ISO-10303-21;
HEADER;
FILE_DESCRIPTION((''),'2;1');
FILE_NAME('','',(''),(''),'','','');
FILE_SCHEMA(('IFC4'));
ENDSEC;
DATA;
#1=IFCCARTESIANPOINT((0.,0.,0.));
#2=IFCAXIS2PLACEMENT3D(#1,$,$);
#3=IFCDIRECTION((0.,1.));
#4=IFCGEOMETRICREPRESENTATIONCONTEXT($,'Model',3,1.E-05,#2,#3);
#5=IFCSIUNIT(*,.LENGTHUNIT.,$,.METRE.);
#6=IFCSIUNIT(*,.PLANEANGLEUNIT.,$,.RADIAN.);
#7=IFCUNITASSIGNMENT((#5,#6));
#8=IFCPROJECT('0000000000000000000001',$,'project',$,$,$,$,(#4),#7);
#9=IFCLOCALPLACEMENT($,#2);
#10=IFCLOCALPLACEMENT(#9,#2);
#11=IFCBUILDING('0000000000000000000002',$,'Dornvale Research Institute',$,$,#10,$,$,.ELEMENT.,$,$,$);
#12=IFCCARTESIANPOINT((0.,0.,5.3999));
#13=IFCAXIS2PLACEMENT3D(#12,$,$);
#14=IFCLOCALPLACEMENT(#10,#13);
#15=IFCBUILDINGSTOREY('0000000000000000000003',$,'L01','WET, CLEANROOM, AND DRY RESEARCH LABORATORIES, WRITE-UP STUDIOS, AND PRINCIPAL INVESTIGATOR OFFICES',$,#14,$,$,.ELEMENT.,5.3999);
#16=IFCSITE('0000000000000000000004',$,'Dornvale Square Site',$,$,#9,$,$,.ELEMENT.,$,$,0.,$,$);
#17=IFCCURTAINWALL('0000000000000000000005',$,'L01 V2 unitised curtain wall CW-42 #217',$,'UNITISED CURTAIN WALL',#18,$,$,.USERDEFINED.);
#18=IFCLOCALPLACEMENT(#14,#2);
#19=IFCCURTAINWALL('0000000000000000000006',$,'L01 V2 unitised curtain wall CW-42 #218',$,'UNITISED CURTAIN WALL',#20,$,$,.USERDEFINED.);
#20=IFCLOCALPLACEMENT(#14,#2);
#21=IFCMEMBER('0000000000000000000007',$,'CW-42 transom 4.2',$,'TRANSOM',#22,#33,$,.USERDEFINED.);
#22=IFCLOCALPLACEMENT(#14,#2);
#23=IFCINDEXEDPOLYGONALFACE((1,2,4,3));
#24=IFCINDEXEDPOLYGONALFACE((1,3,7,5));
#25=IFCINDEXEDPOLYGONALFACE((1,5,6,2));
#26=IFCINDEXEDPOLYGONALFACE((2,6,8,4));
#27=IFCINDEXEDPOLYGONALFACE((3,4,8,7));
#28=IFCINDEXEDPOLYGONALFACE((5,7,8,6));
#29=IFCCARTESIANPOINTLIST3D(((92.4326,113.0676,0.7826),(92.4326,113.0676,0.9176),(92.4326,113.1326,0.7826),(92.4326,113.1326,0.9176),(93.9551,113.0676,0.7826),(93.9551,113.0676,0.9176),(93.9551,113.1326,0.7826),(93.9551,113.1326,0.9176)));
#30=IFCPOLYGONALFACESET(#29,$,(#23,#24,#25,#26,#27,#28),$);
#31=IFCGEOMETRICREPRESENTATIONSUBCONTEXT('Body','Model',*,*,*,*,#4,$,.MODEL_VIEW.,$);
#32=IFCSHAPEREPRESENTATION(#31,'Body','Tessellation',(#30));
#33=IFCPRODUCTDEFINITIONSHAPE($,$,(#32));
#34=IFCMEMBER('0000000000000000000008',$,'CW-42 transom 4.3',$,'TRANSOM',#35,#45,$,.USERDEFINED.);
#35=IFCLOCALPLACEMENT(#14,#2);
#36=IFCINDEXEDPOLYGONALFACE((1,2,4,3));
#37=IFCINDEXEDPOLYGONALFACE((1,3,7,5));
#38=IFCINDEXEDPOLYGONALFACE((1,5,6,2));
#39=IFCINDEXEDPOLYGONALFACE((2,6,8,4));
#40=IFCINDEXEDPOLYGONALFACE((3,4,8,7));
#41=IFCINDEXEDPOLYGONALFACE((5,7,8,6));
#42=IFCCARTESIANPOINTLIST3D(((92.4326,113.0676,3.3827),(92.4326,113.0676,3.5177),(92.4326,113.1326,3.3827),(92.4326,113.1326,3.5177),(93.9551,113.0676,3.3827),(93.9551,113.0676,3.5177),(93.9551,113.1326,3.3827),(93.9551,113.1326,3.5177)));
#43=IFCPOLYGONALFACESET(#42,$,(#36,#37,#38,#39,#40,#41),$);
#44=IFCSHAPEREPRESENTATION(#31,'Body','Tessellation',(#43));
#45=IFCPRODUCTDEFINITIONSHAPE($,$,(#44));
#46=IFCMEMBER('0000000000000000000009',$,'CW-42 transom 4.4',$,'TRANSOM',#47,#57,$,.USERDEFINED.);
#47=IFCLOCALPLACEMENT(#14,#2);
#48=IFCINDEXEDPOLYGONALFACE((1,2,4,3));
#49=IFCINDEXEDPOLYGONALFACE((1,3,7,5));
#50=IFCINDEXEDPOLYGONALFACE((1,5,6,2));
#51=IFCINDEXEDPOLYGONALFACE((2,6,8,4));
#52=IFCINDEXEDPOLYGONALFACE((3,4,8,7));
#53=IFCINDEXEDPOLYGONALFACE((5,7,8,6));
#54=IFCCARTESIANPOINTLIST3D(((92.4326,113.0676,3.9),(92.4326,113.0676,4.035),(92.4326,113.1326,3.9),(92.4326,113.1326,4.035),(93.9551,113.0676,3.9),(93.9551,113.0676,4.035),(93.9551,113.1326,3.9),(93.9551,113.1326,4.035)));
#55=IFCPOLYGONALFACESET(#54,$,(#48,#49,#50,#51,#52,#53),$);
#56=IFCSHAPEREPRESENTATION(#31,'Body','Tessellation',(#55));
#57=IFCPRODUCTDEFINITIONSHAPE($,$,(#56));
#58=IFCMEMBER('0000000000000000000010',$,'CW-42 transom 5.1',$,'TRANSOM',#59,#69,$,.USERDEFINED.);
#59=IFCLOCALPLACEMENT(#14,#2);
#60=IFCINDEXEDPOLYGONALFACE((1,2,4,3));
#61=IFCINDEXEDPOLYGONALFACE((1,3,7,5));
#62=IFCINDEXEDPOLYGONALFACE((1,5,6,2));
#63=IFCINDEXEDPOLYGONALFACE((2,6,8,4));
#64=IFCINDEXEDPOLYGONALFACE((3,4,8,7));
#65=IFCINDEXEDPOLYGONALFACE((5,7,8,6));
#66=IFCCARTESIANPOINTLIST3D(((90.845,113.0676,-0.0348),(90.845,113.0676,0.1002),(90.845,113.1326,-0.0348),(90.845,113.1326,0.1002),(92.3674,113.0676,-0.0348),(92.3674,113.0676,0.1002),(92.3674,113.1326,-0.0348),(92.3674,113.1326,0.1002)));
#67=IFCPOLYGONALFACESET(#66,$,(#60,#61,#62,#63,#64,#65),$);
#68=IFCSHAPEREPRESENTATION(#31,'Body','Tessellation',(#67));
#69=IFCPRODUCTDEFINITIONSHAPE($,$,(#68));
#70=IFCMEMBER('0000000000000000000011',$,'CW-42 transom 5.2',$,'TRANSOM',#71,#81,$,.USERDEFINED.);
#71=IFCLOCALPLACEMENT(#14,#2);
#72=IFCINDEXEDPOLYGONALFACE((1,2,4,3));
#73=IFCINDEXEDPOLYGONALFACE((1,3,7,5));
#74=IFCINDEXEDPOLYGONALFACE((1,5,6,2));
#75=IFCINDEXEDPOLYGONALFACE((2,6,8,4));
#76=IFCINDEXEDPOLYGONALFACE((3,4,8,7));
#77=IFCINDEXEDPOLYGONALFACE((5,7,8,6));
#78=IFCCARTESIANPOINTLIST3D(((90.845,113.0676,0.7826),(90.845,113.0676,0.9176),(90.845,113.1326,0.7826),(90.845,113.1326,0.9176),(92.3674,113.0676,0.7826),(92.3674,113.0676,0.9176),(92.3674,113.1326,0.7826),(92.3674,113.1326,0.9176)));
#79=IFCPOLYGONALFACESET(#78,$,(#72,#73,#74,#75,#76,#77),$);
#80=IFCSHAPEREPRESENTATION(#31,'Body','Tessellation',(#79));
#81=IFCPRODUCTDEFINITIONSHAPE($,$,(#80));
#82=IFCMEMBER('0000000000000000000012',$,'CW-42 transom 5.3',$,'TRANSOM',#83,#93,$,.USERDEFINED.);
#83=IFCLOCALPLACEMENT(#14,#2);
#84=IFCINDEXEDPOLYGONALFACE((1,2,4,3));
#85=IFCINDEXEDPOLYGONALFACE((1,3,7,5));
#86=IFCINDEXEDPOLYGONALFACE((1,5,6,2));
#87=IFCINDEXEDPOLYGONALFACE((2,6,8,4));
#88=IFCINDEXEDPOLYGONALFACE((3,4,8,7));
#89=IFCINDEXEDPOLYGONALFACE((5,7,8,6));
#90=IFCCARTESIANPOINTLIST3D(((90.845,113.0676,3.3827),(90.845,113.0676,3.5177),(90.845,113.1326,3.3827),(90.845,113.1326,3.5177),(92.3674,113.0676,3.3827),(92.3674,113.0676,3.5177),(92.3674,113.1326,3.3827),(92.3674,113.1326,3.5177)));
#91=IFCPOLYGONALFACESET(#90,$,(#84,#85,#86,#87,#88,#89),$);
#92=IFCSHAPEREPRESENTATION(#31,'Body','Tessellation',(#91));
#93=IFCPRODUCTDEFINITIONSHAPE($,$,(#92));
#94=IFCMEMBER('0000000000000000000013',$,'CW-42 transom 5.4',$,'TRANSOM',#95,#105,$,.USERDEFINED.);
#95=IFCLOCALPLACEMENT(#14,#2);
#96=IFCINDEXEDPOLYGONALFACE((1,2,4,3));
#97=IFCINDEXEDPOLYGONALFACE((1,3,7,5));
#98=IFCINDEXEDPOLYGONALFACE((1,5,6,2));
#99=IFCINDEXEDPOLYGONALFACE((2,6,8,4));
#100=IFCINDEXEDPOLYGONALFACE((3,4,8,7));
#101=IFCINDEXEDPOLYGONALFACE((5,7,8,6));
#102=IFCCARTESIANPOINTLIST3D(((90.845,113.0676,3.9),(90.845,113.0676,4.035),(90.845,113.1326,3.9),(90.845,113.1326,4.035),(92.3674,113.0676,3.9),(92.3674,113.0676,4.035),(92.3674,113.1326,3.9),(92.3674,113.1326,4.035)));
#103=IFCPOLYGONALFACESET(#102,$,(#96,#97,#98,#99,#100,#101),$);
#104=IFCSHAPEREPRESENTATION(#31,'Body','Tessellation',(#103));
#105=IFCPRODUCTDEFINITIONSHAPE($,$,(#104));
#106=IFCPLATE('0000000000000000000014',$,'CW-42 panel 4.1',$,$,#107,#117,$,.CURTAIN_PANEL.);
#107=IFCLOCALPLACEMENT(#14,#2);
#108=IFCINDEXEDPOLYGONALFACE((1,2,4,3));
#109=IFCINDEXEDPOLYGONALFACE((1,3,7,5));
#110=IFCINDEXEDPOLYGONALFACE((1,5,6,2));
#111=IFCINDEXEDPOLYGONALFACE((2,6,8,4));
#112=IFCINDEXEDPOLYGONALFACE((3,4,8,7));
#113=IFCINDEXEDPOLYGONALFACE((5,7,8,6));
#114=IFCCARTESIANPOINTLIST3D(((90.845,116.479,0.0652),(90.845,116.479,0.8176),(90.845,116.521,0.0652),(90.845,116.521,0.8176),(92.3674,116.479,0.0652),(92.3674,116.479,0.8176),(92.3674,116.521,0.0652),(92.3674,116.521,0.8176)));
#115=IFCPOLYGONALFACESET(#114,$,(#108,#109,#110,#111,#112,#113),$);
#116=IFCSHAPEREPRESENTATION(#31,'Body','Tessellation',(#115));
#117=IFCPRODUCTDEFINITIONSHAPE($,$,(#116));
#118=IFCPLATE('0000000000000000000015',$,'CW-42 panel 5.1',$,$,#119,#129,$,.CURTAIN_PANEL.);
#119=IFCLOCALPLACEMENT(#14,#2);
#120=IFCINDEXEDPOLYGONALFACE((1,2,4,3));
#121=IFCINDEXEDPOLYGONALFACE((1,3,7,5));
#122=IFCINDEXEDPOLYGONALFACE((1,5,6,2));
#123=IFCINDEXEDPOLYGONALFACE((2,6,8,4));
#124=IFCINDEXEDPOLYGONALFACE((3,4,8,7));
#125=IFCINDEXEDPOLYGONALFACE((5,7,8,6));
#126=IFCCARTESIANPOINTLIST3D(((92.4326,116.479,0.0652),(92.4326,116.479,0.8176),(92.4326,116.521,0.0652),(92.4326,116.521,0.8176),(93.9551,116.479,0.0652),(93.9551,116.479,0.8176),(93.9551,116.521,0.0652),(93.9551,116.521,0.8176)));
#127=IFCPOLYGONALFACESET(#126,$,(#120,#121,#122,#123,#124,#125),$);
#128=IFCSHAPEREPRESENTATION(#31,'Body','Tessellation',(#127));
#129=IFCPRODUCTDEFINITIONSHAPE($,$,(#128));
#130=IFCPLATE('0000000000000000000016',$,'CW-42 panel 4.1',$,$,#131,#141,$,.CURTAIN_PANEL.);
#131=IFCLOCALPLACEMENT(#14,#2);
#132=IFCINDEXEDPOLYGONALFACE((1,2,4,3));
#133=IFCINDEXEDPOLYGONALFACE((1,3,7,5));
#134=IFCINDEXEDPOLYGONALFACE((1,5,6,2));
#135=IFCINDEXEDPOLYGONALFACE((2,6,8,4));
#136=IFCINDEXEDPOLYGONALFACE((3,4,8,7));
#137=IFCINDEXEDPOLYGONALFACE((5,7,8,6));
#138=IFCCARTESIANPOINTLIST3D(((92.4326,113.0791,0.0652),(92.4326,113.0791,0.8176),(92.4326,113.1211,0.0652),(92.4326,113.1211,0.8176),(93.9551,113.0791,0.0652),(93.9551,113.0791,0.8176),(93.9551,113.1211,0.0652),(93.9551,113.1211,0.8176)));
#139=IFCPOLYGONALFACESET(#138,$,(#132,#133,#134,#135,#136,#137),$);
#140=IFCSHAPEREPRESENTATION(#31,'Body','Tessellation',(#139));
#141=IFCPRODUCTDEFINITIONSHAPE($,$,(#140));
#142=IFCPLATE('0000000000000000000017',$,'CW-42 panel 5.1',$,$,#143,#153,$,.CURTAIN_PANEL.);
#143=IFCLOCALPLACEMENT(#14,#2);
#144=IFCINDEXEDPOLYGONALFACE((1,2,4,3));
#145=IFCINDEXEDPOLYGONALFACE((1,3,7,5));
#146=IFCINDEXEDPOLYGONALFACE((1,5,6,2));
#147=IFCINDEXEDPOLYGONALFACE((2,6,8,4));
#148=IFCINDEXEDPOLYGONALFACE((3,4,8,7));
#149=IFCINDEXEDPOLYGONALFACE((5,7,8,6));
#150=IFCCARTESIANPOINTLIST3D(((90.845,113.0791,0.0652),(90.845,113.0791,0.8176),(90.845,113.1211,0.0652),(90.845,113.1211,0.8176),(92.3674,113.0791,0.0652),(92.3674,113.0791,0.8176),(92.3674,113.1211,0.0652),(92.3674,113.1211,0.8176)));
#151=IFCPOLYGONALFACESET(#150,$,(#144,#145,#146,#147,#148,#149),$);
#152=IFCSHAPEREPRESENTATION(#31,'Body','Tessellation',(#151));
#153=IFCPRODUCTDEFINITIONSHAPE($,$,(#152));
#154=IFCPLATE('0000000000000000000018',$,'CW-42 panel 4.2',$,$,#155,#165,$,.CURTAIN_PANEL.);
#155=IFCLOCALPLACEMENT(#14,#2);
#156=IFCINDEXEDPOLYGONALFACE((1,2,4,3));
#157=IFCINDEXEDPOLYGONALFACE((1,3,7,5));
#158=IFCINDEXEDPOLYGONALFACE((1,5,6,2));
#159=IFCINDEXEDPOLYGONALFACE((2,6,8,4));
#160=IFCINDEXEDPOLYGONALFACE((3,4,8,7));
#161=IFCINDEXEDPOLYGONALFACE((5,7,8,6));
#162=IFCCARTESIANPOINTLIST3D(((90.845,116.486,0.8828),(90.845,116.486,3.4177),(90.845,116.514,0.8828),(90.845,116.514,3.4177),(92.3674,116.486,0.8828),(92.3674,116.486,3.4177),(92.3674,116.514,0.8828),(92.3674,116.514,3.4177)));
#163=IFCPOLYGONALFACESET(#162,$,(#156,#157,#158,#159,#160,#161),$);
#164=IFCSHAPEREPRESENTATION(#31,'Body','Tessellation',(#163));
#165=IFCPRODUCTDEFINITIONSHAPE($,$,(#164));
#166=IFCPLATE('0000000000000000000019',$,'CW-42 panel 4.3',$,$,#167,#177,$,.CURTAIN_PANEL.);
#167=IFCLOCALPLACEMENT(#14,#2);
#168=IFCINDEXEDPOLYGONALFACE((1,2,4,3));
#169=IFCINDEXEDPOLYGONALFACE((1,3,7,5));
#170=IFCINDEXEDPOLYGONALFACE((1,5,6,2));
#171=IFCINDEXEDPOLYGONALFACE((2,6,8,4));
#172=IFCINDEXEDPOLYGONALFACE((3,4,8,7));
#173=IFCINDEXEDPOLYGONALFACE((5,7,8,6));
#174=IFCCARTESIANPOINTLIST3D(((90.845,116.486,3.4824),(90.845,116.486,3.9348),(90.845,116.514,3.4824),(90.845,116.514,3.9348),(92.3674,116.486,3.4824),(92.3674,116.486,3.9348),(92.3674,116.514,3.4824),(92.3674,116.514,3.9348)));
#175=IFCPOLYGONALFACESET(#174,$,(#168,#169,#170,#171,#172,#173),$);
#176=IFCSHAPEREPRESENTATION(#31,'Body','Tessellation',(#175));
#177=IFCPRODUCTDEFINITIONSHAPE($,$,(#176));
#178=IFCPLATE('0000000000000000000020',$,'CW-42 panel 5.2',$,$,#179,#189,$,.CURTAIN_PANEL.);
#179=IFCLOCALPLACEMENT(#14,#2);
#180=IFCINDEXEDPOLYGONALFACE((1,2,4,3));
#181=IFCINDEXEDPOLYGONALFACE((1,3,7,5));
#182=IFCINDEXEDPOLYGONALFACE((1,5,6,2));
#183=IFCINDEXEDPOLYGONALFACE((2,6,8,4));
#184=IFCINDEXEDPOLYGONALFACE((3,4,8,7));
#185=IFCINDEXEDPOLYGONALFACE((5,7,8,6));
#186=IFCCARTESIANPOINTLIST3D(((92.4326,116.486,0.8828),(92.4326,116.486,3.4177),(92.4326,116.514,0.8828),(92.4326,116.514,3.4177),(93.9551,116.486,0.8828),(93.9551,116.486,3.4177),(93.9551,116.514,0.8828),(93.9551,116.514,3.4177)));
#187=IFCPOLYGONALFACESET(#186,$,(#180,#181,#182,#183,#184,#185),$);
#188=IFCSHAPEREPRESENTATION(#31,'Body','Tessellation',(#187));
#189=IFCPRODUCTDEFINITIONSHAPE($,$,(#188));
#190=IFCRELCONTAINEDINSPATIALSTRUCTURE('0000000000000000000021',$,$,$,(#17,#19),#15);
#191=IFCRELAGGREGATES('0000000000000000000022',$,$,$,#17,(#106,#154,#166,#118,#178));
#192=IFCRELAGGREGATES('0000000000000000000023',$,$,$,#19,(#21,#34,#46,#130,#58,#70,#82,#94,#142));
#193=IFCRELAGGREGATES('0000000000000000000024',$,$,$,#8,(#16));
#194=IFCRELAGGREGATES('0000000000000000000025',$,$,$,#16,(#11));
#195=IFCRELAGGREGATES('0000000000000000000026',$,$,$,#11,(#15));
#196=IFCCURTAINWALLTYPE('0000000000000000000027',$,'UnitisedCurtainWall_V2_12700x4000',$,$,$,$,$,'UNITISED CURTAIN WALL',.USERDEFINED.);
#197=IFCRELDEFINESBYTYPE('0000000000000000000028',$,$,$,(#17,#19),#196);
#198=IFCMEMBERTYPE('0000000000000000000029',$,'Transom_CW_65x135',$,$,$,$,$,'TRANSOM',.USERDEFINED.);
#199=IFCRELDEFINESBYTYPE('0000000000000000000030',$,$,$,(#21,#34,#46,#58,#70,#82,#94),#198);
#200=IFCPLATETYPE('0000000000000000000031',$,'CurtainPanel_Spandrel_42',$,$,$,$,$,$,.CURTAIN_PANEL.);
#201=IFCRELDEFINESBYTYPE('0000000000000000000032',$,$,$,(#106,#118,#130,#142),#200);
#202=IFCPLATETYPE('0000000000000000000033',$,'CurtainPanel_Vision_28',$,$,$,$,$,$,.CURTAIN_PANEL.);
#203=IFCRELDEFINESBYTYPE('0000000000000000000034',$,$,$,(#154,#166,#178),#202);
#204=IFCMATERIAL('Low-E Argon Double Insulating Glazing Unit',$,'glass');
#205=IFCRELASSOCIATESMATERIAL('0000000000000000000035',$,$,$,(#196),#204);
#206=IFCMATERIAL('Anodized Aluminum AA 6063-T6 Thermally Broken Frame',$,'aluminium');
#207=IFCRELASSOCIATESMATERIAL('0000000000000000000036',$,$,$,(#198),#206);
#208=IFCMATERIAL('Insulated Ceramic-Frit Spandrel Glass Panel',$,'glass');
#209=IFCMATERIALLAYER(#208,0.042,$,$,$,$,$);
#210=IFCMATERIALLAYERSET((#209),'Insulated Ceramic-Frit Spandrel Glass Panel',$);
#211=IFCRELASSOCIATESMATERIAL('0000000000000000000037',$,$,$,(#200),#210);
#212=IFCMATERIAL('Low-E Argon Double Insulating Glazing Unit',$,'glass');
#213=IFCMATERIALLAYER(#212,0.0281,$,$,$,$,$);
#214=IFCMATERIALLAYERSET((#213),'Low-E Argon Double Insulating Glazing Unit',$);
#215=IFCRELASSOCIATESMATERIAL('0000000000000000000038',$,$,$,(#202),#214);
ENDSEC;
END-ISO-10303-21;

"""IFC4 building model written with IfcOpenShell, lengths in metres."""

from ifc_helpers import new_model, si_unit, direction, frame, origin, origin_2d, place, context, subcontext, project, spatial, rectangle, extrude, material, layer, layer_set, material_profile, profile_set, type_object, element, aggregate, save


model = new_model("IFC4")

# Units and contexts
model_context = context("Model", 3, precision=1e-05, world=origin(), true_north=direction((0.0, 1.0)))
body_context = subcontext(model_context, "Body", "Model", "MODEL_VIEW")
ifc_project = project(units=[si_unit("LENGTHUNIT", "METRE"), si_unit("PLANEANGLEUNIT", "RADIAN")], contexts=[model_context])

# Site, building, storey
site_placement = place(None, origin())
site = spatial("IfcSite", under=ifc_project, at=site_placement, Name="Dornvale Square Site", CompositionType="ELEMENT", RefElevation=0.0)
building_placement = place(site_placement, origin())
building = spatial("IfcBuilding", under=site, at=building_placement, Name="Dornvale Research Institute", CompositionType="ELEMENT")
storey_placement = place(building_placement, frame((0.0, 0.0, 5.3999)))
storey = spatial("IfcBuildingStorey", under=building, at=storey_placement, Name="L01", Description="WET, CLEANROOM, AND DRY RESEARCH LABORATORIES, WRITE-UP STUDIOS, AND PRINCIPAL INVESTIGATOR OFFICES", CompositionType="ELEMENT", Elevation=5.3999)

# Curtain walls
ifc_material_1 = material(Name="Low-E Argon Double Insulating Glazing Unit", Category="glass")
curtain_wall_type = type_object("IfcCurtainWallType", Name="UnitisedCurtainWall_V2_12700x4000", ElementType="UNITISED CURTAIN WALL", PredefinedType="USERDEFINED", material=ifc_material_1)
curtain_wall_1_placement = place(storey_placement, origin())
curtain_wall_1 = element("IfcCurtainWall", 1, at=curtain_wall_1_placement, inside=storey, type_object=curtain_wall_type, Name="L01 V2 unitised curtain wall CW-42 #217", ObjectType="UNITISED CURTAIN WALL", PredefinedType="USERDEFINED")
curtain_wall_2_placement = place(storey_placement, origin())
curtain_wall_2 = element("IfcCurtainWall", 2, at=curtain_wall_2_placement, inside=storey, type_object=curtain_wall_type, Name="L01 V2 unitised curtain wall CW-42 #218", ObjectType="UNITISED CURTAIN WALL", PredefinedType="USERDEFINED")

# Members
ifc_material_2 = material(Name="Anodized Aluminum AA 6063-T6 Thermally Broken Frame", Category="aluminium")
ifc_material_profile_1 = material_profile(ifc_material_2, rectangle(XDim=0.0649, YDim=0.135, at=origin_2d()), Name="ALU TRANSOM 65x135")
ifc_profile_set_1 = profile_set([ifc_material_profile_1], Name="Anodized Aluminum AA 6063-T6 Thermally Broken Frame")
member_type_1 = type_object("IfcMemberType", Name="Transom_CW_65x135", ElementType="TRANSOM", PredefinedType="USERDEFINED", material=ifc_profile_set_1)
member_1_placement = place(storey_placement, frame((93.9551, 113.1001, 0.8501), z_axis=(-1.0, 0.0, 0.0), x_axis=(0.0, -1.0, 0.0)))
member_1 = element("IfcMember", 3, at=member_1_placement, type_object=member_type_1, Name="CW-42 transom 4.2", ObjectType="TRANSOM", PredefinedType="USERDEFINED", context=body_context, shape_type="SweptSolid", body=[
    extrude(rectangle(XDim=0.0649, YDim=0.135, at=origin_2d()), origin(), (0.0, 0.0, 1.0), 1.5225),
])
member_2_placement = place(storey_placement, frame((93.9551, 113.1001, 3.4502), z_axis=(-1.0, 0.0, 0.0), x_axis=(0.0, -1.0, 0.0)))
member_2 = element("IfcMember", 4, at=member_2_placement, type_object=member_type_1, Name="CW-42 transom 4.3", ObjectType="TRANSOM", PredefinedType="USERDEFINED", context=body_context, shape_type="SweptSolid", body=[
    extrude(rectangle(XDim=0.0649, YDim=0.135, at=origin_2d()), origin(), (0.0, 0.0, 1.0), 1.5225),
])
member_3_placement = place(storey_placement, frame((93.9551, 113.1001, 3.9675), z_axis=(-1.0, 0.0, 0.0), x_axis=(0.0, -1.0, 0.0)))
member_3 = element("IfcMember", 5, at=member_3_placement, type_object=member_type_1, Name="CW-42 transom 4.4", ObjectType="TRANSOM", PredefinedType="USERDEFINED", context=body_context, shape_type="SweptSolid", body=[
    extrude(rectangle(XDim=0.0649, YDim=0.135, at=origin_2d()), origin(), (0.0, 0.0, 1.0), 1.5225),
])
member_4_placement = place(storey_placement, frame((92.3674, 113.1001, 0.0327), z_axis=(-1.0, 0.0, 0.0), x_axis=(0.0, -1.0, 0.0)))
member_4 = element("IfcMember", 6, at=member_4_placement, type_object=member_type_1, Name="CW-42 transom 5.1", ObjectType="TRANSOM", PredefinedType="USERDEFINED", context=body_context, shape_type="SweptSolid", body=[
    extrude(rectangle(XDim=0.0649, YDim=0.135, at=origin_2d()), origin(), (0.0, 0.0, 1.0), 1.5225),
])
member_5_placement = place(storey_placement, frame((92.3674, 113.1001, 0.8501), z_axis=(-1.0, 0.0, 0.0), x_axis=(0.0, -1.0, 0.0)))
member_5 = element("IfcMember", 7, at=member_5_placement, type_object=member_type_1, Name="CW-42 transom 5.2", ObjectType="TRANSOM", PredefinedType="USERDEFINED", context=body_context, shape_type="SweptSolid", body=[
    extrude(rectangle(XDim=0.0649, YDim=0.135, at=origin_2d()), origin(), (0.0, 0.0, 1.0), 1.5225),
])
member_6_placement = place(storey_placement, frame((92.3674, 113.1001, 3.4502), z_axis=(-1.0, 0.0, 0.0), x_axis=(0.0, -1.0, 0.0)))
member_6 = element("IfcMember", 8, at=member_6_placement, type_object=member_type_1, Name="CW-42 transom 5.3", ObjectType="TRANSOM", PredefinedType="USERDEFINED", context=body_context, shape_type="SweptSolid", body=[
    extrude(rectangle(XDim=0.0649, YDim=0.135, at=origin_2d()), origin(), (0.0, 0.0, 1.0), 1.5225),
])
member_7_placement = place(storey_placement, frame((92.3674, 113.1001, 3.9675), z_axis=(-1.0, 0.0, 0.0), x_axis=(0.0, -1.0, 0.0)))
member_7 = element("IfcMember", 9, at=member_7_placement, type_object=member_type_1, Name="CW-42 transom 5.4", ObjectType="TRANSOM", PredefinedType="USERDEFINED", context=body_context, shape_type="SweptSolid", body=[
    extrude(rectangle(XDim=0.0649, YDim=0.135, at=origin_2d()), origin(), (0.0, 0.0, 1.0), 1.5225),
])

# Plates
ifc_material_3 = material(Name="Insulated Ceramic-Frit Spandrel Glass Panel", Category="glass")
ifc_layer_1 = layer(ifc_material_3, 0.042)
ifc_layer_set_1 = layer_set([ifc_layer_1], Name="Insulated Ceramic-Frit Spandrel Glass Panel")
plate_type_1 = type_object("IfcPlateType", Name="CurtainPanel_Spandrel_42", PredefinedType="CURTAIN_PANEL", material=ifc_layer_set_1)
plate_1_placement = place(storey_placement, frame((91.6062, 116.5, 0.0652), z_axis=(0.0, 0.0, 1.0), x_axis=(1.0, 0.0, 0.0)))
plate_1 = element("IfcPlate", 10, at=plate_1_placement, type_object=plate_type_1, Name="CW-42 panel 4.1", PredefinedType="CURTAIN_PANEL", context=body_context, shape_type="SweptSolid", body=[
    extrude(rectangle(XDim=1.5225, YDim=0.042, at=origin_2d()), origin(), (0.0, 0.0, 1.0), 0.7524),
])
plate_2_placement = place(storey_placement, frame((93.1938, 116.5, 0.0652), z_axis=(0.0, 0.0, 1.0), x_axis=(1.0, 0.0, 0.0)))
plate_2 = element("IfcPlate", 11, at=plate_2_placement, type_object=plate_type_1, Name="CW-42 panel 5.1", PredefinedType="CURTAIN_PANEL", context=body_context, shape_type="SweptSolid", body=[
    extrude(rectangle(XDim=1.5225, YDim=0.042, at=origin_2d()), origin(), (0.0, 0.0, 1.0), 0.7524),
])
plate_3_placement = place(storey_placement, frame((93.1938, 113.1001, 0.0652), z_axis=(0.0, 0.0, 1.0), x_axis=(-1.0, 0.0, 0.0)))
plate_3 = element("IfcPlate", 12, at=plate_3_placement, type_object=plate_type_1, Name="CW-42 panel 4.1", PredefinedType="CURTAIN_PANEL", context=body_context, shape_type="SweptSolid", body=[
    extrude(rectangle(XDim=1.5225, YDim=0.042, at=origin_2d()), origin(), (0.0, 0.0, 1.0), 0.7524),
])
plate_4_placement = place(storey_placement, frame((91.6062, 113.1001, 0.0652), z_axis=(0.0, 0.0, 1.0), x_axis=(-1.0, 0.0, 0.0)))
plate_4 = element("IfcPlate", 13, at=plate_4_placement, type_object=plate_type_1, Name="CW-42 panel 5.1", PredefinedType="CURTAIN_PANEL", context=body_context, shape_type="SweptSolid", body=[
    extrude(rectangle(XDim=1.5225, YDim=0.042, at=origin_2d()), origin(), (0.0, 0.0, 1.0), 0.7524),
])
ifc_material_4 = material(Name="Low-E Argon Double Insulating Glazing Unit", Category="glass")
ifc_layer_2 = layer(ifc_material_4, 0.0281)
ifc_layer_set_2 = layer_set([ifc_layer_2], Name="Low-E Argon Double Insulating Glazing Unit")
plate_type_2 = type_object("IfcPlateType", Name="CurtainPanel_Vision_28", PredefinedType="CURTAIN_PANEL", material=ifc_layer_set_2)
plate_5_placement = place(storey_placement, frame((91.6062, 116.5, 0.8828), z_axis=(0.0, 0.0, 1.0), x_axis=(1.0, 0.0, 0.0)))
plate_5 = element("IfcPlate", 14, at=plate_5_placement, type_object=plate_type_2, Name="CW-42 panel 4.2", PredefinedType="CURTAIN_PANEL", context=body_context, shape_type="SweptSolid", body=[
    extrude(rectangle(XDim=1.5225, YDim=0.0281, at=origin_2d()), origin(), (0.0, 0.0, 1.0), 2.5349),
])
plate_6_placement = place(storey_placement, frame((91.6062, 116.5, 3.4824), z_axis=(0.0, 0.0, 1.0), x_axis=(1.0, 0.0, 0.0)))
plate_6 = element("IfcPlate", 15, at=plate_6_placement, type_object=plate_type_2, Name="CW-42 panel 4.3", PredefinedType="CURTAIN_PANEL", context=body_context, shape_type="SweptSolid", body=[
    extrude(rectangle(XDim=1.5225, YDim=0.0281, at=origin_2d()), origin(), (0.0, 0.0, 1.0), 0.4524),
])
plate_7_placement = place(storey_placement, frame((93.1938, 116.5, 0.8828), z_axis=(0.0, 0.0, 1.0), x_axis=(1.0, 0.0, 0.0)))
plate_7 = element("IfcPlate", 16, at=plate_7_placement, type_object=plate_type_2, Name="CW-42 panel 5.2", PredefinedType="CURTAIN_PANEL", context=body_context, shape_type="SweptSolid", body=[
    extrude(rectangle(XDim=1.5225, YDim=0.0281, at=origin_2d()), origin(), (0.0, 0.0, 1.0), 2.5349),
])
aggregate(curtain_wall_1, [plate_1, plate_5, plate_6, plate_2, plate_7])
aggregate(curtain_wall_2, [member_1, member_2, member_3, plate_3, member_4, member_5, member_6, member_7, plate_4])

save(model, "model.ifc")
